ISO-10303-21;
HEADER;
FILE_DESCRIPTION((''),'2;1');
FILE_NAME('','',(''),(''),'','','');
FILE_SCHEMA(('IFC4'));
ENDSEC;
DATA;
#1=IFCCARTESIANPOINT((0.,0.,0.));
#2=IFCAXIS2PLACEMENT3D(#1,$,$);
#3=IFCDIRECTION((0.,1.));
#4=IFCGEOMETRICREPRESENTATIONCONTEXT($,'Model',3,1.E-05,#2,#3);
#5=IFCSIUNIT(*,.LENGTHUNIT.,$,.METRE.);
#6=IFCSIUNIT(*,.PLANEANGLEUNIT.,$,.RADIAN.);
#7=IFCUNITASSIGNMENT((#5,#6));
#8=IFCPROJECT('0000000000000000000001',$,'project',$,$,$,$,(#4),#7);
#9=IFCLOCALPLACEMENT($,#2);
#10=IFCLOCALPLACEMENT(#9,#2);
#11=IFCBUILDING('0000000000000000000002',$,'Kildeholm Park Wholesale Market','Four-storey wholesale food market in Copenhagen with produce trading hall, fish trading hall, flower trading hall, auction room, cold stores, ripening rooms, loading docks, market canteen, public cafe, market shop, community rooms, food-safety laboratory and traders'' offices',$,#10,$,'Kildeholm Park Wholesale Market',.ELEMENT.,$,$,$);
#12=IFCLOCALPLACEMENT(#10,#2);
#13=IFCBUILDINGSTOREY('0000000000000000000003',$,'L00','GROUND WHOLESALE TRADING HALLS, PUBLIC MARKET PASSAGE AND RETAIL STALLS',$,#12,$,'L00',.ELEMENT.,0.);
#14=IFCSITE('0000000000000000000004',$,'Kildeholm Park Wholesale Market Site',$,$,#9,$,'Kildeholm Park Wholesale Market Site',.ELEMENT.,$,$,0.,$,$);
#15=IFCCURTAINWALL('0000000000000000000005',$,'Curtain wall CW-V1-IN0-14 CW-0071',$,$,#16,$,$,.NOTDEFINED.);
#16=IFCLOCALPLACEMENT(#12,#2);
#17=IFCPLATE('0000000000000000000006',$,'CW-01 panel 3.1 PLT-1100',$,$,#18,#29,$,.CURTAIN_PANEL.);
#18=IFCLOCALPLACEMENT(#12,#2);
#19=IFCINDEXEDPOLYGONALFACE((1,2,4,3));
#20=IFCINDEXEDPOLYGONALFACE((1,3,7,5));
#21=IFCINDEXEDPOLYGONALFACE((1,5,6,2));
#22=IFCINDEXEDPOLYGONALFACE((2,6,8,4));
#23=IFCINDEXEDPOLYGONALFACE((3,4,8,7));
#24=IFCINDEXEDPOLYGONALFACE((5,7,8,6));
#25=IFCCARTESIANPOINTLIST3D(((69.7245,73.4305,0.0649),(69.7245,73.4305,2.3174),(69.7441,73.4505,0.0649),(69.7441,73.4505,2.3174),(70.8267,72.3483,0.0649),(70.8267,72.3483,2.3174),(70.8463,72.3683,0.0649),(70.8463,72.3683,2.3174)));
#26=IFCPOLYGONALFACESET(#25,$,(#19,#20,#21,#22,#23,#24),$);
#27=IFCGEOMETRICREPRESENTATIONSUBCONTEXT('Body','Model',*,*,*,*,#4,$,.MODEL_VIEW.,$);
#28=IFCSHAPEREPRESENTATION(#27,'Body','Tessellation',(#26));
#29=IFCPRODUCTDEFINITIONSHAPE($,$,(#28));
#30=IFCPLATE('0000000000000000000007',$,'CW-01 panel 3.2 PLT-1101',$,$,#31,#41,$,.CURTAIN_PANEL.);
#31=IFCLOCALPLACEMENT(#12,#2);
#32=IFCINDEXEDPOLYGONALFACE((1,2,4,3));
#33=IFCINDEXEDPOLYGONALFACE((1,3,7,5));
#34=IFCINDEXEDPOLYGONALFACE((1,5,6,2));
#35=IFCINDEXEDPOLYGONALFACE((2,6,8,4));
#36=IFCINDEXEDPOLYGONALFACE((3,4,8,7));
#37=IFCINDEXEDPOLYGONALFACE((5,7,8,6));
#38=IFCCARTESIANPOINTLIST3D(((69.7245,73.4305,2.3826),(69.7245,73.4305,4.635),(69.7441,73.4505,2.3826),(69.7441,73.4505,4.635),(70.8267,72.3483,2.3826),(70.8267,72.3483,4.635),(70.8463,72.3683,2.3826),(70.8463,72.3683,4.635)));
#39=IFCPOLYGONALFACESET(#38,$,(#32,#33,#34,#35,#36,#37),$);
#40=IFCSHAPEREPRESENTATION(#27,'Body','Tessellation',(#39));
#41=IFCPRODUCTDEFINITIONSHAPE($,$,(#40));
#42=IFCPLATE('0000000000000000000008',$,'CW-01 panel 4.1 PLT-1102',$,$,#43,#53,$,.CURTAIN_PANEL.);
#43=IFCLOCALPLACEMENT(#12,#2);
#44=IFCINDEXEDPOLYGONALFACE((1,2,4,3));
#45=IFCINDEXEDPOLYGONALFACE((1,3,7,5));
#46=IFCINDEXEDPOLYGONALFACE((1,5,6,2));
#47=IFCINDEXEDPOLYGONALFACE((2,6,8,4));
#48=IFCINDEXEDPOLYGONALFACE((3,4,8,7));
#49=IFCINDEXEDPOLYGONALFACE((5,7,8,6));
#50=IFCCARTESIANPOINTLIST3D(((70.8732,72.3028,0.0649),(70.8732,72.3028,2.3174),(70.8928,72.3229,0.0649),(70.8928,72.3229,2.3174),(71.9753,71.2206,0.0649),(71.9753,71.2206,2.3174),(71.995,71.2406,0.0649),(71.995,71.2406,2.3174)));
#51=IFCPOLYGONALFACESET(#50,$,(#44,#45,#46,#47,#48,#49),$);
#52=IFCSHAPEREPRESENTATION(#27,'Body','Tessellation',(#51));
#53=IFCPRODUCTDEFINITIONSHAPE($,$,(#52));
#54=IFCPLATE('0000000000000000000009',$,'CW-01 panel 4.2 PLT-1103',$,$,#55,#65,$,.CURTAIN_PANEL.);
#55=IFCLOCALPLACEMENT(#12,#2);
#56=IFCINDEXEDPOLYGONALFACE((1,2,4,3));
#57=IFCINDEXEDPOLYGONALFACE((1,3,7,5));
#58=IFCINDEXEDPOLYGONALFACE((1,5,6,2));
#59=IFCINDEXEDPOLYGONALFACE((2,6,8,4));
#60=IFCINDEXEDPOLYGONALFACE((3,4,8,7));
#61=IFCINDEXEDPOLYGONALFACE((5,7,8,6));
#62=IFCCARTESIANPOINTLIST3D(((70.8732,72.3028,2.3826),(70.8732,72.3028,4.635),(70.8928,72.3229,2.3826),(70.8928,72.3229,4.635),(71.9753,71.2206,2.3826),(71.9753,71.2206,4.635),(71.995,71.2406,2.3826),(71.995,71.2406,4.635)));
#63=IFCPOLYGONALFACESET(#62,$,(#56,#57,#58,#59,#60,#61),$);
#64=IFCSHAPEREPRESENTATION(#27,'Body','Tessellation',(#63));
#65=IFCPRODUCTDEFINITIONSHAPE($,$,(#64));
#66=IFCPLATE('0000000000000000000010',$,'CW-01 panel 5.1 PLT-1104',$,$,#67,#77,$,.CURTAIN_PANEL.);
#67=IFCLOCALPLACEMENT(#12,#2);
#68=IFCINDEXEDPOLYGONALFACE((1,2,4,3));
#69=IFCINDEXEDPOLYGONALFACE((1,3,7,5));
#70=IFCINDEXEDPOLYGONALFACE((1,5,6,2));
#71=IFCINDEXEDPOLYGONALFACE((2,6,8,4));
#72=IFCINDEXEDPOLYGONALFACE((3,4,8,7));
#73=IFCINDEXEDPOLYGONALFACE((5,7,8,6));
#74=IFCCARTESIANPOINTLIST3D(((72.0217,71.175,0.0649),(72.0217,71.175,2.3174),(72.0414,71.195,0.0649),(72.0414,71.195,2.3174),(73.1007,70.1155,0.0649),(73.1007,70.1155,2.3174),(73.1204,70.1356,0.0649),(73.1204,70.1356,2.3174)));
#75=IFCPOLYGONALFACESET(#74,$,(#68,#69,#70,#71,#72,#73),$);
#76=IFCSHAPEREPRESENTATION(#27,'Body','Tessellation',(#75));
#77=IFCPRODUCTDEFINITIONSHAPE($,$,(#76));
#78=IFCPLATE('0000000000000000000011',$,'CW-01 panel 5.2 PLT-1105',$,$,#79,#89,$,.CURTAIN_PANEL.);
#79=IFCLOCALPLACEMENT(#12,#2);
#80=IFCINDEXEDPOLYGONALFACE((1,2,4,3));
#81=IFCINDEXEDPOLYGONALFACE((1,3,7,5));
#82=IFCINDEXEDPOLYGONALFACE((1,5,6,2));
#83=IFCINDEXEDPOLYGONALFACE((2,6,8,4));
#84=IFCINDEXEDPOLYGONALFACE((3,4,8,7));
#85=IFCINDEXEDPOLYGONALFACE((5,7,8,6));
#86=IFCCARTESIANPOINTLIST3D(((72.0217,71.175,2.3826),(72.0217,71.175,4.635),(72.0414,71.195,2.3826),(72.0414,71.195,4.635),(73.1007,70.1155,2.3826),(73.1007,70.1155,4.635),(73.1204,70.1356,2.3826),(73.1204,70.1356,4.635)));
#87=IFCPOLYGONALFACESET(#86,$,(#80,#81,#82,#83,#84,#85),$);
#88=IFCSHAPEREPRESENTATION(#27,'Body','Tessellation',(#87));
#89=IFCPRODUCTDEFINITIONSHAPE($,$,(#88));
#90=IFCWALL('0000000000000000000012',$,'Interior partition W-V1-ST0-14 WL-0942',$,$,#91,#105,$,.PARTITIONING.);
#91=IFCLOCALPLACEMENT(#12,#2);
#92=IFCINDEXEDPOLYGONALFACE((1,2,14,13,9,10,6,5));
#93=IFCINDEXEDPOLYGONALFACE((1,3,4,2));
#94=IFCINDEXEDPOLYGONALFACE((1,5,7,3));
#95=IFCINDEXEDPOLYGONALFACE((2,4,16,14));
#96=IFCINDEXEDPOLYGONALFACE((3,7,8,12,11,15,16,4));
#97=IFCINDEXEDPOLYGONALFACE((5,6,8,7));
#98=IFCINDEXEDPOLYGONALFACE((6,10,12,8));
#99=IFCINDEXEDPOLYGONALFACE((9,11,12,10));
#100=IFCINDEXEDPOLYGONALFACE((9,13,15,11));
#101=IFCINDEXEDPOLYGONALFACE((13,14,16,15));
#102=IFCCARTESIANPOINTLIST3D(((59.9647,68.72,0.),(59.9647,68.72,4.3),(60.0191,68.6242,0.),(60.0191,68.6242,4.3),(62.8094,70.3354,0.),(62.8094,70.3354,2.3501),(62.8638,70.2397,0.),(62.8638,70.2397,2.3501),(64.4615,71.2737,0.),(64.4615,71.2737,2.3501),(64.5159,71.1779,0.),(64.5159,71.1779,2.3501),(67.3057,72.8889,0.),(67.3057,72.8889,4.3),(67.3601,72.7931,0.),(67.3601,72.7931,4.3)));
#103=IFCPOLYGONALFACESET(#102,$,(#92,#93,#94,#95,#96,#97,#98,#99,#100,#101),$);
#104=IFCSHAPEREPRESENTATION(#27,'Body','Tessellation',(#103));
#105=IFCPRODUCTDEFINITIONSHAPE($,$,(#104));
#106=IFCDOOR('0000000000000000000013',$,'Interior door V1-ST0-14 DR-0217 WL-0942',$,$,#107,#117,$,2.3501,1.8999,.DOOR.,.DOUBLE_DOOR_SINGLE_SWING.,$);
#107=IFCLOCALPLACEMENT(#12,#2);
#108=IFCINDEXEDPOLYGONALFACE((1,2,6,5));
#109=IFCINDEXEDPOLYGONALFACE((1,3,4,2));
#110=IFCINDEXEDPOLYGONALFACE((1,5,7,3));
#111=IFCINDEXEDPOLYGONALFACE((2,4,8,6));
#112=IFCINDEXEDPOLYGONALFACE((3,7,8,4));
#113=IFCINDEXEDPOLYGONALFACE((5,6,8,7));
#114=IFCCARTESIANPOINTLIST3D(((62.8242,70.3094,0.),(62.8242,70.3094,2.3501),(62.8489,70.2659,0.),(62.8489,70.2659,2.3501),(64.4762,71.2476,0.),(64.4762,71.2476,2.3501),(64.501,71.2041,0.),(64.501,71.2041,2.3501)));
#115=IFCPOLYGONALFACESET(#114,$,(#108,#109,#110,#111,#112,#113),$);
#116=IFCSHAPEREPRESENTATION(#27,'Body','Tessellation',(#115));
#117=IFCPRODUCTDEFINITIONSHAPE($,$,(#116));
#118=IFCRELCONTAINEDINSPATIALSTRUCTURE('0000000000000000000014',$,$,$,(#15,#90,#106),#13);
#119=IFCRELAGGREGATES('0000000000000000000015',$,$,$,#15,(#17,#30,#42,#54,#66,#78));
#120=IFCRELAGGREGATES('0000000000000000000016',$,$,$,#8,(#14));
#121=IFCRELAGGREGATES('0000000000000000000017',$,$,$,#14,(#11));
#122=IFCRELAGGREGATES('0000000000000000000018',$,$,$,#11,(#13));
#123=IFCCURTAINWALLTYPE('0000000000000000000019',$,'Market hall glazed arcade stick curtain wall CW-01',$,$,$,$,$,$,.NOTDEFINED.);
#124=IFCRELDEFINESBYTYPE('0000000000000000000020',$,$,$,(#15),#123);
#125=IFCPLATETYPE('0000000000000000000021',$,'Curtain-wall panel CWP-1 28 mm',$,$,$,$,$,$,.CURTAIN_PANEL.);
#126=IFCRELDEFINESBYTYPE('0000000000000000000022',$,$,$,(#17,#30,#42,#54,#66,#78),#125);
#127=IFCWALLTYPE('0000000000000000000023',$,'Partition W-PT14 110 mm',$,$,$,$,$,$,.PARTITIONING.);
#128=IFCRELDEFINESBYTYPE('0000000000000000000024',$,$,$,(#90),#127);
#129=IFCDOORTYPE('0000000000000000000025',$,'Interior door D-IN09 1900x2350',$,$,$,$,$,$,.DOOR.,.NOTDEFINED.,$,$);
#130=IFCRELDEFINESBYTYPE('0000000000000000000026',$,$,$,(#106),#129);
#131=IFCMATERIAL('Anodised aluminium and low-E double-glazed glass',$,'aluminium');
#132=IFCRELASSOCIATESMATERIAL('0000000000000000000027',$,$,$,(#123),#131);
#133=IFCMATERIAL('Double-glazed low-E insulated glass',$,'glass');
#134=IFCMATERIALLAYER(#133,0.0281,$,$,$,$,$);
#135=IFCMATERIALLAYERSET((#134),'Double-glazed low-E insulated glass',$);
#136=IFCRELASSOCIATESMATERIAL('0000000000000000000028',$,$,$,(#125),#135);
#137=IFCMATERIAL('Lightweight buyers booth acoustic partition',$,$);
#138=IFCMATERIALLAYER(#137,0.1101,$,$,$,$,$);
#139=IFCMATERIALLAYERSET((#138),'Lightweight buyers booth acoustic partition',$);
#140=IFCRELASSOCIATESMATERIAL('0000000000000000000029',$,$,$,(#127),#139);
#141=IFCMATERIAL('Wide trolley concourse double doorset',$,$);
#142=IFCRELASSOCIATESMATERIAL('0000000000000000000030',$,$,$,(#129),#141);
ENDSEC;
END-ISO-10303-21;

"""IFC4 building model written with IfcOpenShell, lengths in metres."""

from ifc_helpers import new_model, si_unit, direction, frame, frame_2d, origin, origin_2d, place, context, subcontext, project, spatial, rectangle, extrude, material, layer, layer_set, type_object, element, fill, aggregate, save


model = new_model("IFC4")

# Units and contexts
model_context = context("Model", 3, precision=1e-05, world=origin(), true_north=direction((0.0, 1.0)))
body_context = subcontext(model_context, "Body", "Model", "MODEL_VIEW")
ifc_project = project(units=[si_unit("LENGTHUNIT", "METRE"), si_unit("PLANEANGLEUNIT", "RADIAN")], contexts=[model_context])

# Site, building, storey
site_placement = place(None, origin())
site = spatial("IfcSite", under=ifc_project, at=site_placement, Name="Kildeholm Park Wholesale Market Site", LongName="Kildeholm Park Wholesale Market Site", CompositionType="ELEMENT", RefElevation=0.0)
building_placement = place(site_placement, origin())
building = spatial("IfcBuilding", under=site, at=building_placement, Name="Kildeholm Park Wholesale Market", Description="Four-storey wholesale food market in Copenhagen with produce trading hall, fish trading hall, flower trading hall, auction room, cold stores, ripening rooms, loading docks, market canteen, public cafe, market shop, community rooms, food-safety laboratory and traders' offices", LongName="Kildeholm Park Wholesale Market", CompositionType="ELEMENT")
storey_placement = place(building_placement, origin())
storey = spatial("IfcBuildingStorey", under=building, at=storey_placement, Name="L00", Description="GROUND WHOLESALE TRADING HALLS, PUBLIC MARKET PASSAGE AND RETAIL STALLS", LongName="L00", CompositionType="ELEMENT", Elevation=0.0)

# Curtain wall, plates
ifc_material_1 = material(Name="Anodised aluminium and low-E double-glazed glass", Category="aluminium")
curtain_wall_type = type_object("IfcCurtainWallType", Name="Market hall glazed arcade stick curtain wall CW-01", PredefinedType="NOTDEFINED", material=ifc_material_1)
curtain_wall_placement = place(storey_placement, origin())
curtain_wall = element("IfcCurtainWall", 1, at=curtain_wall_placement, inside=storey, type_object=curtain_wall_type, Name="Curtain wall CW-V1-IN0-14 CW-0071", PredefinedType="NOTDEFINED")
ifc_material_2 = material(Name="Double-glazed low-E insulated glass", Category="glass")
ifc_layer_1 = layer(ifc_material_2, 0.0281)
ifc_layer_set_1 = layer_set([ifc_layer_1], Name="Double-glazed low-E insulated glass")
plate_type = type_object("IfcPlateType", Name="Curtain-wall panel CWP-1 28 mm", PredefinedType="CURTAIN_PANEL", material=ifc_layer_set_1)
plate_1_placement = place(storey_placement, frame((70.2854, 72.8994, 0.0649), z_axis=(0.0, 0.0, 1.0), x_axis=(0.713538, -0.700617, 0.0)))
plate_1 = element("IfcPlate", 2, at=plate_1_placement, type_object=plate_type, Name="CW-01 panel 3.1 PLT-1100", PredefinedType="CURTAIN_PANEL", context=body_context, shape_type="SweptSolid", body=[
    extrude(rectangle(XDim=1.5447, YDim=0.0281, at=origin_2d()), origin(), (0.0, 0.0, 1.0), 2.2524),
])
plate_2_placement = place(storey_placement, frame((70.2854, 72.8994, 2.3826), z_axis=(0.0, 0.0, 1.0), x_axis=(0.713538, -0.700617, 0.0)))
plate_2 = element("IfcPlate", 3, at=plate_2_placement, type_object=plate_type, Name="CW-01 panel 3.2 PLT-1101", PredefinedType="CURTAIN_PANEL", context=body_context, shape_type="SweptSolid", body=[
    extrude(rectangle(XDim=1.5447, YDim=0.0281, at=origin_2d()), origin(), (0.0, 0.0, 1.0), 2.2524),
])
plate_3_placement = place(storey_placement, frame((71.4341, 71.7717, 0.0649), z_axis=(0.0, 0.0, 1.0), x_axis=(0.713538, -0.700617, 0.0)))
plate_3 = element("IfcPlate", 4, at=plate_3_placement, type_object=plate_type, Name="CW-01 panel 4.1 PLT-1102", PredefinedType="CURTAIN_PANEL", context=body_context, shape_type="SweptSolid", body=[
    extrude(rectangle(XDim=1.5447, YDim=0.0281, at=origin_2d()), origin(), (0.0, 0.0, 1.0), 2.2524),
])
plate_4_placement = place(storey_placement, frame((71.4341, 71.7717, 2.3826), z_axis=(0.0, 0.0, 1.0), x_axis=(0.713538, -0.700617, 0.0)))
plate_4 = element("IfcPlate", 5, at=plate_4_placement, type_object=plate_type, Name="CW-01 panel 4.2 PLT-1103", PredefinedType="CURTAIN_PANEL", context=body_context, shape_type="SweptSolid", body=[
    extrude(rectangle(XDim=1.5447, YDim=0.0281, at=origin_2d()), origin(), (0.0, 0.0, 1.0), 2.2524),
])
plate_5_placement = place(storey_placement, frame((72.571, 70.6553, 0.0649), z_axis=(0.0, 0.0, 1.0), x_axis=(0.713538, -0.700617, 0.0)))
plate_5 = element("IfcPlate", 6, at=plate_5_placement, type_object=plate_type, Name="CW-01 panel 5.1 PLT-1104", PredefinedType="CURTAIN_PANEL", context=body_context, shape_type="SweptSolid", body=[
    extrude(rectangle(XDim=1.5122, YDim=0.0281, at=origin_2d()), origin(), (0.0, 0.0, 1.0), 2.2524),
])
plate_6_placement = place(storey_placement, frame((72.571, 70.6553, 2.3826), z_axis=(0.0, 0.0, 1.0), x_axis=(0.713538, -0.700617, 0.0)))
plate_6 = element("IfcPlate", 7, at=plate_6_placement, type_object=plate_type, Name="CW-01 panel 5.2 PLT-1105", PredefinedType="CURTAIN_PANEL", context=body_context, shape_type="SweptSolid", body=[
    extrude(rectangle(XDim=1.5122, YDim=0.0281, at=origin_2d()), origin(), (0.0, 0.0, 1.0), 2.2524),
])
aggregate(curtain_wall, [plate_1, plate_2, plate_3, plate_4, plate_5, plate_6])

# Wall, opening, door
ifc_material_3 = material(Name="Lightweight buyers booth acoustic partition")
ifc_layer_2 = layer(ifc_material_3, 0.1101)
ifc_layer_set_2 = layer_set([ifc_layer_2], Name="Lightweight buyers booth acoustic partition")
wall_type = type_object("IfcWallType", Name="Partition W-PT14 110 mm", PredefinedType="PARTITIONING", material=ifc_layer_set_2)
wall_placement = place(storey_placement, frame((67.333, 72.8411, 0.0), z_axis=(0.0, 0.0, 1.0), x_axis=(-0.869564, -0.49382, 0.0)))
wall = element("IfcWall", 8, at=wall_placement, inside=storey, type_object=wall_type, Name="Interior partition W-V1-ST0-14 WL-0942", PredefinedType="PARTITIONING", context=body_context, shape_type="SweptSolid", body=[
    extrude(rectangle(XDim=8.4421, YDim=0.1101, at=frame_2d((4.2212, 0.0))), origin(), (0.0, 0.0, 1.0), 4.3),
])
opening_placement = place(wall_placement, frame((3.271, 0.0, 0.0)))
opening = element("IfcOpeningElement", 9, at=opening_placement, cuts=wall, PredefinedType="OPENING", context=body_context, shape_type="SweptSolid", body=[
    extrude(rectangle(XDim=1.8999, YDim=2.3501, at=frame_2d((0.95, 1.175))), frame((0.0, 0.0649, 0.0), z_axis=(0.0, -1.0, 0.0), x_axis=(1.0, 0.0, 0.0)), (0.0, 0.0, 1.0), 0.1301),
])
ifc_material_4 = material(Name="Wide trolley concourse double doorset")
door_type = type_object("IfcDoorType", Name="Interior door D-IN09 1900x2350", OperationType="NOTDEFINED", PredefinedType="DOOR", material=ifc_material_4)
door_placement = place(opening_placement, origin())
door = element("IfcDoor", 10, at=door_placement, inside=storey, type_object=door_type, Name="Interior door V1-ST0-14 DR-0217 WL-0942", OperationType="DOUBLE_DOOR_SINGLE_SWING", OverallHeight=2.3501, OverallWidth=1.8999, PredefinedType="DOOR", context=body_context, shape_type="SweptSolid", body=[
    extrude(rectangle(XDim=1.8999, YDim=2.3501, at=frame_2d((0.95, 1.175))), frame((0.0, 0.0249, 0.0), z_axis=(0.0, -1.0, 0.0), x_axis=(1.0, 0.0, 0.0)), (0.0, 0.0, 1.0), 0.05),
])
fill(opening, door)

save(model, "model.ifc")
